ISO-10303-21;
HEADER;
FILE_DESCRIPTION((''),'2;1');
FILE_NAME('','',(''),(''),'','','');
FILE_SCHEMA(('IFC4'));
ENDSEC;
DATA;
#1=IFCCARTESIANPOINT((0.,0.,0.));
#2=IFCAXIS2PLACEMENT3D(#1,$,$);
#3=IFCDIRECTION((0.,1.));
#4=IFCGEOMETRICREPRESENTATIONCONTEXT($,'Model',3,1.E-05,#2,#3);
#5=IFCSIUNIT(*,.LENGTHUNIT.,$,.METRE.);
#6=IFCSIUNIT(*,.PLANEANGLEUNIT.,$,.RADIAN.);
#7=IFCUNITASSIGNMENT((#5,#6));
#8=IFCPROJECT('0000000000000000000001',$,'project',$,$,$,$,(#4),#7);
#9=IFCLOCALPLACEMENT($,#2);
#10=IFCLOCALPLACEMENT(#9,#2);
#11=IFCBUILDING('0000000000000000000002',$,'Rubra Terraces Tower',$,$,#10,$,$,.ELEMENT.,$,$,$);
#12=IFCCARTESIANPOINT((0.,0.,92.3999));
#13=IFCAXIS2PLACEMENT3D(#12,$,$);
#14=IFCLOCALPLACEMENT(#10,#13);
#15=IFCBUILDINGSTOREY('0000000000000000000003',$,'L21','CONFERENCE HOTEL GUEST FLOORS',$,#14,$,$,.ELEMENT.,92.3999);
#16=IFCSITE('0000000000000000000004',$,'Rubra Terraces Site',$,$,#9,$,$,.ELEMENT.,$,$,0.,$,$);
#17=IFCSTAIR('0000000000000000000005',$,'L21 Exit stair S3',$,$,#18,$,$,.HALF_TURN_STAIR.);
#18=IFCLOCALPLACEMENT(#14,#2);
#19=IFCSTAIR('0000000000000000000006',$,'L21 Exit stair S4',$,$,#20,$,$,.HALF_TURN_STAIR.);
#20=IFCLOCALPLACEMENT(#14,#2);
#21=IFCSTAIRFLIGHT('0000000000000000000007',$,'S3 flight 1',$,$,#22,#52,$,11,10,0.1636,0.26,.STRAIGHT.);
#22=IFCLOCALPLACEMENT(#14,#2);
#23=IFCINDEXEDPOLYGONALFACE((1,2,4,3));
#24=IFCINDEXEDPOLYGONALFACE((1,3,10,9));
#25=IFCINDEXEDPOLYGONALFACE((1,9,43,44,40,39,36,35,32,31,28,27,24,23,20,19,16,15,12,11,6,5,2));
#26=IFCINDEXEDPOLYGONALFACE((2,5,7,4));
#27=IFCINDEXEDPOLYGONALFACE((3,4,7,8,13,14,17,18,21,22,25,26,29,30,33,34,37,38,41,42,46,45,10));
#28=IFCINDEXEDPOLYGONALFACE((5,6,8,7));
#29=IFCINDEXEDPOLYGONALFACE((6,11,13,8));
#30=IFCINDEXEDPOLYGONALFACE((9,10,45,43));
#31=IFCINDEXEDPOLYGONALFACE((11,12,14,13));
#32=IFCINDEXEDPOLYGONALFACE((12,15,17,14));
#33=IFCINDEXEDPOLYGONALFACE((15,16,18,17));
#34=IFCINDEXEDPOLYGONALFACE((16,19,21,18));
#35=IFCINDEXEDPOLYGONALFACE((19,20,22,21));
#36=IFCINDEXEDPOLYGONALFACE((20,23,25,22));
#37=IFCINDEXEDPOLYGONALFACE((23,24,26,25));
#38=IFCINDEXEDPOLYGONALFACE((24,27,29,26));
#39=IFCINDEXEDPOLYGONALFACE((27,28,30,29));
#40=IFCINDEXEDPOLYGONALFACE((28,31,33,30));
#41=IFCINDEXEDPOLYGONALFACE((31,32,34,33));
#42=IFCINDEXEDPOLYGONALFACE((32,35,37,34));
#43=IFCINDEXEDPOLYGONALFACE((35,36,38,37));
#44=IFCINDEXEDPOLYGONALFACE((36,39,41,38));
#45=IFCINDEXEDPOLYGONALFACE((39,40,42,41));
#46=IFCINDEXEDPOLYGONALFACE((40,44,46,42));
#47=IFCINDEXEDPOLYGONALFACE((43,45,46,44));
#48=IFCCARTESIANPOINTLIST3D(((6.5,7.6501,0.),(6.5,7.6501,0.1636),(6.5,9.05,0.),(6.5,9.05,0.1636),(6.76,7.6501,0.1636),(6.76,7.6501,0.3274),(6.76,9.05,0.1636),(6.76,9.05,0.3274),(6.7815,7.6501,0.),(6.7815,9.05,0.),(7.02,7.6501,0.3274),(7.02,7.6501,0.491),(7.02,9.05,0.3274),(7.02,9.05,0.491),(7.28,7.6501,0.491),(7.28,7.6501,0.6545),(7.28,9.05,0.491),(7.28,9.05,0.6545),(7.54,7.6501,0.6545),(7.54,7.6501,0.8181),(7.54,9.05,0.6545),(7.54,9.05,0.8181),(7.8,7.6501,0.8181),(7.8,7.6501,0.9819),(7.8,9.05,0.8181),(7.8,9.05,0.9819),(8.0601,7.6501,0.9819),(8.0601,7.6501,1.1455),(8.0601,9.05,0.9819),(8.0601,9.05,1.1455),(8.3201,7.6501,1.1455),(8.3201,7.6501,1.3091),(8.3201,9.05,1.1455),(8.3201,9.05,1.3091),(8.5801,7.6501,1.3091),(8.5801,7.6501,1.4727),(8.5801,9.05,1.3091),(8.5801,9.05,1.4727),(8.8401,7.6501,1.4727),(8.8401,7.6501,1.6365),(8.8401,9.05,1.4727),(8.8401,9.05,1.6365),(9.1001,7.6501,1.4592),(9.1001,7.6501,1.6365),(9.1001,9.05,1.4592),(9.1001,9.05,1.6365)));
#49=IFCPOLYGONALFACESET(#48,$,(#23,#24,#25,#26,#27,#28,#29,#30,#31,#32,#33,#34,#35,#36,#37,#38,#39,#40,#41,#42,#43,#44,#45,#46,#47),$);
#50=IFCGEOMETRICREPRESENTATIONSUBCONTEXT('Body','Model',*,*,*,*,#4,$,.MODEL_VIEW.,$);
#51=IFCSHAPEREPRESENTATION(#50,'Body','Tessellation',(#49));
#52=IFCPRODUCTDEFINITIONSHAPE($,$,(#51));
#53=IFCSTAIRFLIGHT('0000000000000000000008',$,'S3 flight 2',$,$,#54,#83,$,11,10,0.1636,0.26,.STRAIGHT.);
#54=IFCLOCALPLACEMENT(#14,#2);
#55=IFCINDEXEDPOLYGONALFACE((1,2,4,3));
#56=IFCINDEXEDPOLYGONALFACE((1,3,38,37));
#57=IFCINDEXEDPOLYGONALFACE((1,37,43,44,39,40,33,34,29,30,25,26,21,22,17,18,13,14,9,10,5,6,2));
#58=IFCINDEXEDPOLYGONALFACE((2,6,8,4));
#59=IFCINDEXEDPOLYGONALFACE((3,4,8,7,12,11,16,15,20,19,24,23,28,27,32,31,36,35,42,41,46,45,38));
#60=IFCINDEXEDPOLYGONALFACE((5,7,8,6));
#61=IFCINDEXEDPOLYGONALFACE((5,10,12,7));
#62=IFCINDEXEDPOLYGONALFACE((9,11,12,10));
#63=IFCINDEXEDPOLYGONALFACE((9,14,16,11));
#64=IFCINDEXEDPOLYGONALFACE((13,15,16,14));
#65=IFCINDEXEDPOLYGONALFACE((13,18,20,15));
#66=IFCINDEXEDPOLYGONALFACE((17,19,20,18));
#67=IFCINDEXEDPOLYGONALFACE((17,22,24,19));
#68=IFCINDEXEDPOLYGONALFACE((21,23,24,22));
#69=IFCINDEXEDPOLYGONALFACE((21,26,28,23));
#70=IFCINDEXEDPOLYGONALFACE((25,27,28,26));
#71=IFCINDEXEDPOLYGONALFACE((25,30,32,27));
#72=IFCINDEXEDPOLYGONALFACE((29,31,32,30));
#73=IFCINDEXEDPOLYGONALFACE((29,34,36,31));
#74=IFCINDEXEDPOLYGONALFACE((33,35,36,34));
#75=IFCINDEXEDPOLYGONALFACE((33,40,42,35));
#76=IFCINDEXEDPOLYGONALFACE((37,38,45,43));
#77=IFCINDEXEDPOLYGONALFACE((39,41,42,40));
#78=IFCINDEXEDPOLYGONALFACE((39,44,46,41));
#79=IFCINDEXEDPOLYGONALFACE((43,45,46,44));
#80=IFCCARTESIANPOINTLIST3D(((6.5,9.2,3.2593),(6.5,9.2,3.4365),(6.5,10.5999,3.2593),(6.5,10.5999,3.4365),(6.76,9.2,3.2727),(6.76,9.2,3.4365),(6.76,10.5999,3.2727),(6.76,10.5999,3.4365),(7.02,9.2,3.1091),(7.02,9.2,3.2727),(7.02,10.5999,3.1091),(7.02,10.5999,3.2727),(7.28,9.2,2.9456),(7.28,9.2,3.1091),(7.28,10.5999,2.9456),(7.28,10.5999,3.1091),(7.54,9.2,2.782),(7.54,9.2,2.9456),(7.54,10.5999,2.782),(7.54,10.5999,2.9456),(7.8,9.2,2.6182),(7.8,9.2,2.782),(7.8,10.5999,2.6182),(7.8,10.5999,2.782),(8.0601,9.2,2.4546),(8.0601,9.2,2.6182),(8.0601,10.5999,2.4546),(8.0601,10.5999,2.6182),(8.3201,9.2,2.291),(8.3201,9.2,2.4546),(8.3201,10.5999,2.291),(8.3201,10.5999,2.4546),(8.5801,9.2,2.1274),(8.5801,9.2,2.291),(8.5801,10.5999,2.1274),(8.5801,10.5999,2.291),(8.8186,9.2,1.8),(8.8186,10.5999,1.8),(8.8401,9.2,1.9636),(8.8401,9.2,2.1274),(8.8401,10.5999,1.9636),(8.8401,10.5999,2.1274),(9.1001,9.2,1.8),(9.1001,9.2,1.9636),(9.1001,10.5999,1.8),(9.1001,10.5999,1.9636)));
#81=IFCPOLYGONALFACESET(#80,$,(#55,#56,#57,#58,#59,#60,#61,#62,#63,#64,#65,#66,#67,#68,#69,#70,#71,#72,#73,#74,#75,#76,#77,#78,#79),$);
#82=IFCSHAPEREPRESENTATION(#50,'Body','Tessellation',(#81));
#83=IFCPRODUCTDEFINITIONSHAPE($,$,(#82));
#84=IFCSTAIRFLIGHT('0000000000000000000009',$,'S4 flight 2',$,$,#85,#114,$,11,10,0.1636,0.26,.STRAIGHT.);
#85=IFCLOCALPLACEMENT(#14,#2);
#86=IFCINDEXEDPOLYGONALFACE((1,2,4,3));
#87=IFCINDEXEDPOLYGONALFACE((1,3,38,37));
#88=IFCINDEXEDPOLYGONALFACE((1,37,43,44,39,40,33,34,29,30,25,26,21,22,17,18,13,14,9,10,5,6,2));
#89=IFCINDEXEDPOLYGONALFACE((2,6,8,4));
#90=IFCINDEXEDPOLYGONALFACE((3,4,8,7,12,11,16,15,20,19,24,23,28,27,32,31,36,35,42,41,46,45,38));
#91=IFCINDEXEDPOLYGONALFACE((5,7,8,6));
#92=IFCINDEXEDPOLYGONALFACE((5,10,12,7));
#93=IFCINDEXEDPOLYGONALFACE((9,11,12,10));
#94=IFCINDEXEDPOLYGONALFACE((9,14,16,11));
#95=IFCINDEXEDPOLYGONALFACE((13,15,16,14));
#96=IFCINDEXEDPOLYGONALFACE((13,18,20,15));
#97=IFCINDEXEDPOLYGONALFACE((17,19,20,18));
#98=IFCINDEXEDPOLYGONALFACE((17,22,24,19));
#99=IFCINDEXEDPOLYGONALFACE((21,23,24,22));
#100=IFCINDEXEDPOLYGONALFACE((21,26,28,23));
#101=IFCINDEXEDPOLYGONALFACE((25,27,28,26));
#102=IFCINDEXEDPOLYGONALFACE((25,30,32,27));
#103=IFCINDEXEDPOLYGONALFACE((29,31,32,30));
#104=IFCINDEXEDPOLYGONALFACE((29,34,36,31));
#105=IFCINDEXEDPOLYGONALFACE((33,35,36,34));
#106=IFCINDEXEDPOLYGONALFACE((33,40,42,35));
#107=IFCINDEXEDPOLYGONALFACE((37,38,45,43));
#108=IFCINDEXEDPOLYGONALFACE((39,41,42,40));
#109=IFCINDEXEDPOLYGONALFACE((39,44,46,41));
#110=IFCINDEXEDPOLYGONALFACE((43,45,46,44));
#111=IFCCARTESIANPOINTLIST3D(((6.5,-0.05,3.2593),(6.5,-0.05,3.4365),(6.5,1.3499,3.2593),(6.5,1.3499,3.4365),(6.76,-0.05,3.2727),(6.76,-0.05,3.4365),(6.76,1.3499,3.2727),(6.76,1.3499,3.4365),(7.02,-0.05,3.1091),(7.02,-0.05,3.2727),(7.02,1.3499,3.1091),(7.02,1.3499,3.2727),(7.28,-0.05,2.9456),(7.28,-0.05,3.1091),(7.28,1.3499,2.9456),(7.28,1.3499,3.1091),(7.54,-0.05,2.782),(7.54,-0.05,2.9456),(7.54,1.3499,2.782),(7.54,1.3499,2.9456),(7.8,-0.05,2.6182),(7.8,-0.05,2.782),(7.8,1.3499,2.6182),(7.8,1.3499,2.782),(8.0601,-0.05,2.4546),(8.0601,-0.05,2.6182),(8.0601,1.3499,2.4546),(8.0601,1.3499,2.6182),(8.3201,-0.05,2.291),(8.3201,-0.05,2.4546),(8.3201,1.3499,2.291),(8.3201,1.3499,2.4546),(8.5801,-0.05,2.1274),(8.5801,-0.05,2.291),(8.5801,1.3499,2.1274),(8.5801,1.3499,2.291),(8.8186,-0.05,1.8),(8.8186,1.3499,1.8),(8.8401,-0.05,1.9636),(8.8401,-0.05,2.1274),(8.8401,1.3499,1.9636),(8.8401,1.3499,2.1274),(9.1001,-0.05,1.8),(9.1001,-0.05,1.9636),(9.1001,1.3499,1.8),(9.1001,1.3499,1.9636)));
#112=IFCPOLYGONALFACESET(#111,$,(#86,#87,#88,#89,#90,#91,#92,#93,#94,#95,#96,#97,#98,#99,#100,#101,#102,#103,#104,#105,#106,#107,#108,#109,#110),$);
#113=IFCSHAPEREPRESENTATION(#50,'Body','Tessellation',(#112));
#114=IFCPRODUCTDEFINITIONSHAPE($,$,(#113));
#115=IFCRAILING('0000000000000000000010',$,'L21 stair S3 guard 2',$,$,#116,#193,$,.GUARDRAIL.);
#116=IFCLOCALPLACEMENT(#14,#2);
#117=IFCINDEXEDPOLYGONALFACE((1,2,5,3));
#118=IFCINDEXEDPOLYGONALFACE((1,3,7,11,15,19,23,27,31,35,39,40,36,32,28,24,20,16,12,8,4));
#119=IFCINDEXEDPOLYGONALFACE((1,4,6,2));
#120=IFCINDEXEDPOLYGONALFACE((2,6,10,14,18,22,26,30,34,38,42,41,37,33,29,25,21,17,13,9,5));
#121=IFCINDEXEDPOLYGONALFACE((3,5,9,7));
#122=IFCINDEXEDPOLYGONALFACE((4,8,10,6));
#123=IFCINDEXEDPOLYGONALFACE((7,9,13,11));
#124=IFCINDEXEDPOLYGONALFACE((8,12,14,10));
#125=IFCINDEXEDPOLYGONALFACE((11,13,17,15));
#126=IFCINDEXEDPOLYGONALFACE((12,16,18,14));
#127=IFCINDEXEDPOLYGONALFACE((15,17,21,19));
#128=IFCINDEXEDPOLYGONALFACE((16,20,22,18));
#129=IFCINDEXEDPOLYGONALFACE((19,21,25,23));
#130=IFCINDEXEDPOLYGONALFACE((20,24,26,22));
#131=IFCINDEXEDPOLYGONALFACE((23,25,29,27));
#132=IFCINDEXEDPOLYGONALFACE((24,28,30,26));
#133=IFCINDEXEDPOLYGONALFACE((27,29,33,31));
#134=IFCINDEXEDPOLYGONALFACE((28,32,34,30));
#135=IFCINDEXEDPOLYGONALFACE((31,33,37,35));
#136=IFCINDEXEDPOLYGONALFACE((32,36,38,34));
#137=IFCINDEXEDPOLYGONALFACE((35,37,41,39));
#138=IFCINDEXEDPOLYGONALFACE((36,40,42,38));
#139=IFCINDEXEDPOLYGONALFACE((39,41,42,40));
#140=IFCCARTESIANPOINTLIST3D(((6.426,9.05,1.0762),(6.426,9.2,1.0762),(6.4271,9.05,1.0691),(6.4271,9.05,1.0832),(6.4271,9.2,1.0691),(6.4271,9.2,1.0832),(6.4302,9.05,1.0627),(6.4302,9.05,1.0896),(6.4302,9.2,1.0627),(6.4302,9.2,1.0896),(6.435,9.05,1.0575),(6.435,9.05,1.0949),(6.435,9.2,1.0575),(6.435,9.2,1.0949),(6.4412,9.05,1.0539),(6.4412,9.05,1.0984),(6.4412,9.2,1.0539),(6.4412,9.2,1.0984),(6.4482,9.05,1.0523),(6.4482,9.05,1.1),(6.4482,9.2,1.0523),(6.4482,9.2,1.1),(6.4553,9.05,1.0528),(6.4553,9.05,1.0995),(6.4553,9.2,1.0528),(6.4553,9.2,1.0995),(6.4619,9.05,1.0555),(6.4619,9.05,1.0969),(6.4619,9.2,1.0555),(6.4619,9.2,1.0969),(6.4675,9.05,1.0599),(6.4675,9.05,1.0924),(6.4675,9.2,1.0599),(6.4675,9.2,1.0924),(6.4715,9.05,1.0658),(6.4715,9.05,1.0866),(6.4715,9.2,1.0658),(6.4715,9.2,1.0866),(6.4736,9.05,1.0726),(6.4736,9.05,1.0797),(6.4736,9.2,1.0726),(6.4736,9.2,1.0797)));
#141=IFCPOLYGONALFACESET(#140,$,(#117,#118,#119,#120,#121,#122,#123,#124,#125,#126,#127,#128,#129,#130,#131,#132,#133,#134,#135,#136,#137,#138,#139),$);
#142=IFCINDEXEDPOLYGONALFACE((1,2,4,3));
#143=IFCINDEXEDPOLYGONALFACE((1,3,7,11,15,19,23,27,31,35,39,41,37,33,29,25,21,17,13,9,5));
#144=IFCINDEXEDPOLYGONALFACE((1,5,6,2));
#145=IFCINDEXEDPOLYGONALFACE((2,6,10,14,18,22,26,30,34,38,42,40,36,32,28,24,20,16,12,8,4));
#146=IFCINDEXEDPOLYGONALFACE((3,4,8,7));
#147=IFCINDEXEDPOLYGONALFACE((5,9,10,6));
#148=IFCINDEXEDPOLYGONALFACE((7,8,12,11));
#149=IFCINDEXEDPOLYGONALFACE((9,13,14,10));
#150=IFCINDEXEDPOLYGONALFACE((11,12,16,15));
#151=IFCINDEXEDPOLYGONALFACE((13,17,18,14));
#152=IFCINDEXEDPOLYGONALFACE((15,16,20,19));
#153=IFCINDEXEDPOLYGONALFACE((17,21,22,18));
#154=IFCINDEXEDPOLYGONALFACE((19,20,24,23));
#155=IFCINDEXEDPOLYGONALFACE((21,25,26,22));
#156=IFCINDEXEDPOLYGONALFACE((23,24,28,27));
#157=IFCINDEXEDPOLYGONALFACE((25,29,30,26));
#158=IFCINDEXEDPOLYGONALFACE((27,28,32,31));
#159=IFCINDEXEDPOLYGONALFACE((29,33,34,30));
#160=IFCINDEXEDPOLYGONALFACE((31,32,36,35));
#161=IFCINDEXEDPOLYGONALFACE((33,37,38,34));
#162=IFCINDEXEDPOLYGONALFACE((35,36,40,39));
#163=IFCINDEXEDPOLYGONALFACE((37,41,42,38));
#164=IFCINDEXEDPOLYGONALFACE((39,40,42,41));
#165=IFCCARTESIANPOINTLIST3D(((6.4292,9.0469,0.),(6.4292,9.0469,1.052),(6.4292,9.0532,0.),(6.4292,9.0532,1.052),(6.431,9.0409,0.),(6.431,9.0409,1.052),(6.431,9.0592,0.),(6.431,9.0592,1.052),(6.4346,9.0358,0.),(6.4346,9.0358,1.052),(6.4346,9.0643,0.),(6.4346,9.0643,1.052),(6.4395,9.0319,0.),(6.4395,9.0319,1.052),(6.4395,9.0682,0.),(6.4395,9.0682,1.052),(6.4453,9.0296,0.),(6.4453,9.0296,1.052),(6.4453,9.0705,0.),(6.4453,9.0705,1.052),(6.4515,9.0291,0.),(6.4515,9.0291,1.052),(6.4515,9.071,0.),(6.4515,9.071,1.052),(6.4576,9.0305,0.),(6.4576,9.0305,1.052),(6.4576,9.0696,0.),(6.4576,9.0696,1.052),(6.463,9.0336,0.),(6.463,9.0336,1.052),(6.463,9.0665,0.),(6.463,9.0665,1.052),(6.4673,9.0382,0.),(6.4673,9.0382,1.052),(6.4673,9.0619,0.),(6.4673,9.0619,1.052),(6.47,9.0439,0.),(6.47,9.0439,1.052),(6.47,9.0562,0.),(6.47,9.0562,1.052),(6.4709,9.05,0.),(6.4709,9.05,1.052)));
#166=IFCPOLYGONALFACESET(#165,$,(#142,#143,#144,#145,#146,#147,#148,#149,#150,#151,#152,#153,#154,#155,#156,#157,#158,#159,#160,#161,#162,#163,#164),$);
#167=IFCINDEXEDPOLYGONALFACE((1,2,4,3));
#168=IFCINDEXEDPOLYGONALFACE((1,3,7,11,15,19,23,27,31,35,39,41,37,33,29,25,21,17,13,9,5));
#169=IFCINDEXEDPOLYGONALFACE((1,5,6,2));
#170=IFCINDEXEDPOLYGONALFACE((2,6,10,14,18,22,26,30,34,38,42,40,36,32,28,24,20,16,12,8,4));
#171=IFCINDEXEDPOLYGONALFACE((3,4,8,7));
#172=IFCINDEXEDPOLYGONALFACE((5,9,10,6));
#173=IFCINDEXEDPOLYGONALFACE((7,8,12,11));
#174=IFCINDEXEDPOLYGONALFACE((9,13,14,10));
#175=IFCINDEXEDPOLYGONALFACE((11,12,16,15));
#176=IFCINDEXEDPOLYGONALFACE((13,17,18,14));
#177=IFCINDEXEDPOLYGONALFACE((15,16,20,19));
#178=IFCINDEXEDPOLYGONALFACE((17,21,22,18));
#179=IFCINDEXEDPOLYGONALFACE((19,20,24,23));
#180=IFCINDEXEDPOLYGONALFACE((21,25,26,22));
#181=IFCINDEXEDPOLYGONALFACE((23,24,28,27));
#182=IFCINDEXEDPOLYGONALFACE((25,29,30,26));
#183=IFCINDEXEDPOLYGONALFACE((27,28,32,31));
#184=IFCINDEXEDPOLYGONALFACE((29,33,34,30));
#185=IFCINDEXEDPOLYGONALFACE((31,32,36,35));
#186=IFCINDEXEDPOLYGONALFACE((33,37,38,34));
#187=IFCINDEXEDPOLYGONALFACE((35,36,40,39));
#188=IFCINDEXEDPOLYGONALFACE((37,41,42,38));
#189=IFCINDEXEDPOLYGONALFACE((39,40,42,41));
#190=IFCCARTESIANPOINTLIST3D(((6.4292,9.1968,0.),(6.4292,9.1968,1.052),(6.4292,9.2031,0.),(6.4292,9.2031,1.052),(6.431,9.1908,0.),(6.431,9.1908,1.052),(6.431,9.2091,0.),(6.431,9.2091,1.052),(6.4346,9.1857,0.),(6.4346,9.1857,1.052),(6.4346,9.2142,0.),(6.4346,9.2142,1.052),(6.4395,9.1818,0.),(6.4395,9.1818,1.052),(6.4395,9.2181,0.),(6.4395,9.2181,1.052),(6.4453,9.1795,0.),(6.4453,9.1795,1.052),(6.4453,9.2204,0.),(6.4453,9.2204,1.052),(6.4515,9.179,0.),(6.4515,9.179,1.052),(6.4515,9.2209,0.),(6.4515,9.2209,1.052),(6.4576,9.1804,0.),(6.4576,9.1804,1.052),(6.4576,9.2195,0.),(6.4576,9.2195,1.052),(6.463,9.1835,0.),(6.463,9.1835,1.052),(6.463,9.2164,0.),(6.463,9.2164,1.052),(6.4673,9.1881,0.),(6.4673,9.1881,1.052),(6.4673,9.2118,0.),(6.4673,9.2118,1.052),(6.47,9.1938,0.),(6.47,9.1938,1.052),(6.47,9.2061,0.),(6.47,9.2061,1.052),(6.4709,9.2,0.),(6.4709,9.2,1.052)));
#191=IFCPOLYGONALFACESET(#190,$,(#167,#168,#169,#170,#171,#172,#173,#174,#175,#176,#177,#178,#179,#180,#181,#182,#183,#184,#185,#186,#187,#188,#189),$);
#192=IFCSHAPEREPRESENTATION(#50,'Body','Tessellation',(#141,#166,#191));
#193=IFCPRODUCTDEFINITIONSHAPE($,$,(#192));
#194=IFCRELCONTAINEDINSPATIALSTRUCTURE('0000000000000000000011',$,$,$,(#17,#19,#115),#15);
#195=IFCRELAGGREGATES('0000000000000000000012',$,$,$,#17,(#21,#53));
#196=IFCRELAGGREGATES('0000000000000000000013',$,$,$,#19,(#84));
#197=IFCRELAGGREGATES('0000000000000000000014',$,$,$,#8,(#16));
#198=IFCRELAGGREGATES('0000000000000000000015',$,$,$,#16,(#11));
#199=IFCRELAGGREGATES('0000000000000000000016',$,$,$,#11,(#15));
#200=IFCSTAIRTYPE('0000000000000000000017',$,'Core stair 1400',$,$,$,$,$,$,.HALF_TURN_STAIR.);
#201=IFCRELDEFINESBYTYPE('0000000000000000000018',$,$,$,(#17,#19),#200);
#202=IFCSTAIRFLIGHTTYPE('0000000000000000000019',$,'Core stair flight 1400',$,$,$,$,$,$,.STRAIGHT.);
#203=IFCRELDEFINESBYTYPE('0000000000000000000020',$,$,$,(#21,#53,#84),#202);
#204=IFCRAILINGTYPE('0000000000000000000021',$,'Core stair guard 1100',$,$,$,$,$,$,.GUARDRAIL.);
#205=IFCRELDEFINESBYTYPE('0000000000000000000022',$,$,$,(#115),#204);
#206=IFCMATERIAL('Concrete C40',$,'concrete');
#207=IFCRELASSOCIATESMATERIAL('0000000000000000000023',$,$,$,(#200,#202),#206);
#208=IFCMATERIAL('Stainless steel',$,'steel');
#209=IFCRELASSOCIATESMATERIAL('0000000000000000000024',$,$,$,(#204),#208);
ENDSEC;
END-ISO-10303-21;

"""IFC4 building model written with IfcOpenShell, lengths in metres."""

from ifc_helpers import new_model, si_unit, direction, frame, origin, origin_2d, place, context, subcontext, project, spatial, polyline, circle, outline, extrude, material, type_object, element, aggregate, save


model = new_model("IFC4")

# Units and contexts
model_context = context("Model", 3, precision=1e-05, world=origin(), true_north=direction((0.0, 1.0)))
body_context = subcontext(model_context, "Body", "Model", "MODEL_VIEW")
ifc_project = project(units=[si_unit("LENGTHUNIT", "METRE"), si_unit("PLANEANGLEUNIT", "RADIAN")], contexts=[model_context])

# Site, building, storey
site_placement = place(None, origin())
site = spatial("IfcSite", under=ifc_project, at=site_placement, Name="Rubra Terraces Site", CompositionType="ELEMENT", RefElevation=0.0)
building_placement = place(site_placement, origin())
building = spatial("IfcBuilding", under=site, at=building_placement, Name="Rubra Terraces Tower", CompositionType="ELEMENT")
storey_placement = place(building_placement, frame((0.0, 0.0, 92.3999)))
storey = spatial("IfcBuildingStorey", under=building, at=storey_placement, Name="L21", Description="CONFERENCE HOTEL GUEST FLOORS", CompositionType="ELEMENT", Elevation=92.3999)

# Stairs
ifc_material_1 = material(Name="Concrete C40", Category="concrete")
stair_type = type_object("IfcStairType", Name="Core stair 1400", PredefinedType="HALF_TURN_STAIR", material=ifc_material_1)
stair_1_placement = place(storey_placement, origin())
stair_1 = element("IfcStair", 1, at=stair_1_placement, inside=storey, type_object=stair_type, Name="L21 Exit stair S3", PredefinedType="HALF_TURN_STAIR")
stair_2_placement = place(storey_placement, origin())
stair_2 = element("IfcStair", 2, at=stair_2_placement, inside=storey, type_object=stair_type, Name="L21 Exit stair S4", PredefinedType="HALF_TURN_STAIR")

# Stair flights
stair_flight_type = type_object("IfcStairFlightType", Name="Core stair flight 1400", PredefinedType="STRAIGHT", material=ifc_material_1)
stair_flight_1_placement = place(storey_placement, frame((6.5, 8.3501, 0.0), z_axis=(0.0, 0.0, 1.0), x_axis=(1.0, 0.0, 0.0)))
stair_flight_1 = element("IfcStairFlight", 3, at=stair_flight_1_placement, type_object=stair_flight_type, Name="S3 flight 1", NumberOfRisers=11, NumberOfTreads=10, PredefinedType="STRAIGHT", RiserHeight=0.1636, TreadLength=0.26, context=body_context, shape_type="SweptSolid", body=[
    extrude(outline(polyline([(0.0, 0.0), (0.0, 0.1636), (0.26, 0.1636), (0.26, 0.3274), (0.52, 0.3274), (0.52, 0.491), (0.78, 0.491), (0.78, 0.6545), (1.04, 0.6545), (1.04, 0.8181), (1.3, 0.8181), (1.3, 0.9819), (1.5601, 0.9819), (1.5601, 1.1455), (1.8201, 1.1455), (1.8201, 1.3091), (2.0801, 1.3091), (2.0801, 1.4727), (2.3401, 1.4727), (2.3401, 1.6365), (2.6001, 1.6365), (2.6001, 1.8), (2.6001, 1.4592), (0.2815, 0.0), (0.0, 0.0)])), frame((0.0, 0.7, 0.0), z_axis=(0.0, -1.0, 0.0), x_axis=(1.0, 0.0, 0.0)), (0.0, 0.0, 1.0), 1.3999),
])
stair_flight_2_placement = place(storey_placement, frame((9.1001, 9.8999, 1.8), z_axis=(0.0, 0.0, 1.0), x_axis=(-1.0, 0.0, 0.0)))
stair_flight_2 = element("IfcStairFlight", 4, at=stair_flight_2_placement, type_object=stair_flight_type, Name="S3 flight 2", NumberOfRisers=11, NumberOfTreads=10, PredefinedType="STRAIGHT", RiserHeight=0.1636, TreadLength=0.26, context=body_context, shape_type="SweptSolid", body=[
    extrude(outline(polyline([(0.0, 0.0), (0.0, 0.1636), (0.26, 0.1636), (0.26, 0.3274), (0.52, 0.3274), (0.52, 0.491), (0.78, 0.491), (0.78, 0.6545), (1.04, 0.6545), (1.04, 0.8181), (1.3, 0.8181), (1.3, 0.9819), (1.5601, 0.9819), (1.5601, 1.1455), (1.8201, 1.1455), (1.8201, 1.3091), (2.0801, 1.3091), (2.0801, 1.4727), (2.3401, 1.4727), (2.3401, 1.6365), (2.6001, 1.6365), (2.6001, 1.8), (2.6001, 1.4592), (0.2815, 0.0), (0.0, 0.0)])), frame((0.0, 0.7, 0.0), z_axis=(0.0, -1.0, 0.0), x_axis=(1.0, 0.0, 0.0)), (0.0, 0.0, 1.0), 1.3999),
])
aggregate(stair_1, [stair_flight_1, stair_flight_2])
stair_flight_3_placement = place(storey_placement, frame((9.1001, 0.6499, 1.8), z_axis=(0.0, 0.0, 1.0), x_axis=(-1.0, 0.0, 0.0)))
stair_flight_3 = element("IfcStairFlight", 5, at=stair_flight_3_placement, type_object=stair_flight_type, Name="S4 flight 2", NumberOfRisers=11, NumberOfTreads=10, PredefinedType="STRAIGHT", RiserHeight=0.1636, TreadLength=0.26, context=body_context, shape_type="SweptSolid", body=[
    extrude(outline(polyline([(0.0, 0.0), (0.0, 0.1636), (0.26, 0.1636), (0.26, 0.3274), (0.52, 0.3274), (0.52, 0.491), (0.78, 0.491), (0.78, 0.6545), (1.04, 0.6545), (1.04, 0.8181), (1.3, 0.8181), (1.3, 0.9819), (1.5601, 0.9819), (1.5601, 1.1455), (1.8201, 1.1455), (1.8201, 1.3091), (2.0801, 1.3091), (2.0801, 1.4727), (2.3401, 1.4727), (2.3401, 1.6365), (2.6001, 1.6365), (2.6001, 1.8), (2.6001, 1.4592), (0.2815, 0.0), (0.0, 0.0)])), frame((0.0, 0.7, 0.0), z_axis=(0.0, -1.0, 0.0), x_axis=(1.0, 0.0, 0.0)), (0.0, 0.0, 1.0), 1.3999),
])
aggregate(stair_2, [stair_flight_3])

# Railing
ifc_material_2 = material(Name="Stainless steel", Category="steel")
railing_type_1 = type_object("IfcRailingType", Name="Core stair guard 1100", PredefinedType="GUARDRAIL", material=ifc_material_2)
railing_1_placement = place(storey_placement, frame((6.45, 9.05, 0.0)))
element("IfcRailing", 6, at=railing_1_placement, inside=storey, type_object=railing_type_1, Name="L21 stair S3 guard 2", PredefinedType="GUARDRAIL", context=body_context, shape_type="SweptSolid", body=[
    extrude(circle(Radius=0.0239, at=origin_2d()), frame((0.0, 0.0, 1.0762), z_axis=(0.0, 1.0, 0.0), x_axis=(-1.0, 0.0, 0.0)), (0.0, 0.0, 1.0), 0.1499),
    extrude(circle(Radius=0.021, at=origin_2d()), origin(), (0.0, 0.0, 1.0), 1.052),
    extrude(circle(Radius=0.021, at=origin_2d()), frame((0.0, 0.1499, 0.0)), (0.0, 0.0, 1.0), 1.052),
])

save(model, "model.ifc")
